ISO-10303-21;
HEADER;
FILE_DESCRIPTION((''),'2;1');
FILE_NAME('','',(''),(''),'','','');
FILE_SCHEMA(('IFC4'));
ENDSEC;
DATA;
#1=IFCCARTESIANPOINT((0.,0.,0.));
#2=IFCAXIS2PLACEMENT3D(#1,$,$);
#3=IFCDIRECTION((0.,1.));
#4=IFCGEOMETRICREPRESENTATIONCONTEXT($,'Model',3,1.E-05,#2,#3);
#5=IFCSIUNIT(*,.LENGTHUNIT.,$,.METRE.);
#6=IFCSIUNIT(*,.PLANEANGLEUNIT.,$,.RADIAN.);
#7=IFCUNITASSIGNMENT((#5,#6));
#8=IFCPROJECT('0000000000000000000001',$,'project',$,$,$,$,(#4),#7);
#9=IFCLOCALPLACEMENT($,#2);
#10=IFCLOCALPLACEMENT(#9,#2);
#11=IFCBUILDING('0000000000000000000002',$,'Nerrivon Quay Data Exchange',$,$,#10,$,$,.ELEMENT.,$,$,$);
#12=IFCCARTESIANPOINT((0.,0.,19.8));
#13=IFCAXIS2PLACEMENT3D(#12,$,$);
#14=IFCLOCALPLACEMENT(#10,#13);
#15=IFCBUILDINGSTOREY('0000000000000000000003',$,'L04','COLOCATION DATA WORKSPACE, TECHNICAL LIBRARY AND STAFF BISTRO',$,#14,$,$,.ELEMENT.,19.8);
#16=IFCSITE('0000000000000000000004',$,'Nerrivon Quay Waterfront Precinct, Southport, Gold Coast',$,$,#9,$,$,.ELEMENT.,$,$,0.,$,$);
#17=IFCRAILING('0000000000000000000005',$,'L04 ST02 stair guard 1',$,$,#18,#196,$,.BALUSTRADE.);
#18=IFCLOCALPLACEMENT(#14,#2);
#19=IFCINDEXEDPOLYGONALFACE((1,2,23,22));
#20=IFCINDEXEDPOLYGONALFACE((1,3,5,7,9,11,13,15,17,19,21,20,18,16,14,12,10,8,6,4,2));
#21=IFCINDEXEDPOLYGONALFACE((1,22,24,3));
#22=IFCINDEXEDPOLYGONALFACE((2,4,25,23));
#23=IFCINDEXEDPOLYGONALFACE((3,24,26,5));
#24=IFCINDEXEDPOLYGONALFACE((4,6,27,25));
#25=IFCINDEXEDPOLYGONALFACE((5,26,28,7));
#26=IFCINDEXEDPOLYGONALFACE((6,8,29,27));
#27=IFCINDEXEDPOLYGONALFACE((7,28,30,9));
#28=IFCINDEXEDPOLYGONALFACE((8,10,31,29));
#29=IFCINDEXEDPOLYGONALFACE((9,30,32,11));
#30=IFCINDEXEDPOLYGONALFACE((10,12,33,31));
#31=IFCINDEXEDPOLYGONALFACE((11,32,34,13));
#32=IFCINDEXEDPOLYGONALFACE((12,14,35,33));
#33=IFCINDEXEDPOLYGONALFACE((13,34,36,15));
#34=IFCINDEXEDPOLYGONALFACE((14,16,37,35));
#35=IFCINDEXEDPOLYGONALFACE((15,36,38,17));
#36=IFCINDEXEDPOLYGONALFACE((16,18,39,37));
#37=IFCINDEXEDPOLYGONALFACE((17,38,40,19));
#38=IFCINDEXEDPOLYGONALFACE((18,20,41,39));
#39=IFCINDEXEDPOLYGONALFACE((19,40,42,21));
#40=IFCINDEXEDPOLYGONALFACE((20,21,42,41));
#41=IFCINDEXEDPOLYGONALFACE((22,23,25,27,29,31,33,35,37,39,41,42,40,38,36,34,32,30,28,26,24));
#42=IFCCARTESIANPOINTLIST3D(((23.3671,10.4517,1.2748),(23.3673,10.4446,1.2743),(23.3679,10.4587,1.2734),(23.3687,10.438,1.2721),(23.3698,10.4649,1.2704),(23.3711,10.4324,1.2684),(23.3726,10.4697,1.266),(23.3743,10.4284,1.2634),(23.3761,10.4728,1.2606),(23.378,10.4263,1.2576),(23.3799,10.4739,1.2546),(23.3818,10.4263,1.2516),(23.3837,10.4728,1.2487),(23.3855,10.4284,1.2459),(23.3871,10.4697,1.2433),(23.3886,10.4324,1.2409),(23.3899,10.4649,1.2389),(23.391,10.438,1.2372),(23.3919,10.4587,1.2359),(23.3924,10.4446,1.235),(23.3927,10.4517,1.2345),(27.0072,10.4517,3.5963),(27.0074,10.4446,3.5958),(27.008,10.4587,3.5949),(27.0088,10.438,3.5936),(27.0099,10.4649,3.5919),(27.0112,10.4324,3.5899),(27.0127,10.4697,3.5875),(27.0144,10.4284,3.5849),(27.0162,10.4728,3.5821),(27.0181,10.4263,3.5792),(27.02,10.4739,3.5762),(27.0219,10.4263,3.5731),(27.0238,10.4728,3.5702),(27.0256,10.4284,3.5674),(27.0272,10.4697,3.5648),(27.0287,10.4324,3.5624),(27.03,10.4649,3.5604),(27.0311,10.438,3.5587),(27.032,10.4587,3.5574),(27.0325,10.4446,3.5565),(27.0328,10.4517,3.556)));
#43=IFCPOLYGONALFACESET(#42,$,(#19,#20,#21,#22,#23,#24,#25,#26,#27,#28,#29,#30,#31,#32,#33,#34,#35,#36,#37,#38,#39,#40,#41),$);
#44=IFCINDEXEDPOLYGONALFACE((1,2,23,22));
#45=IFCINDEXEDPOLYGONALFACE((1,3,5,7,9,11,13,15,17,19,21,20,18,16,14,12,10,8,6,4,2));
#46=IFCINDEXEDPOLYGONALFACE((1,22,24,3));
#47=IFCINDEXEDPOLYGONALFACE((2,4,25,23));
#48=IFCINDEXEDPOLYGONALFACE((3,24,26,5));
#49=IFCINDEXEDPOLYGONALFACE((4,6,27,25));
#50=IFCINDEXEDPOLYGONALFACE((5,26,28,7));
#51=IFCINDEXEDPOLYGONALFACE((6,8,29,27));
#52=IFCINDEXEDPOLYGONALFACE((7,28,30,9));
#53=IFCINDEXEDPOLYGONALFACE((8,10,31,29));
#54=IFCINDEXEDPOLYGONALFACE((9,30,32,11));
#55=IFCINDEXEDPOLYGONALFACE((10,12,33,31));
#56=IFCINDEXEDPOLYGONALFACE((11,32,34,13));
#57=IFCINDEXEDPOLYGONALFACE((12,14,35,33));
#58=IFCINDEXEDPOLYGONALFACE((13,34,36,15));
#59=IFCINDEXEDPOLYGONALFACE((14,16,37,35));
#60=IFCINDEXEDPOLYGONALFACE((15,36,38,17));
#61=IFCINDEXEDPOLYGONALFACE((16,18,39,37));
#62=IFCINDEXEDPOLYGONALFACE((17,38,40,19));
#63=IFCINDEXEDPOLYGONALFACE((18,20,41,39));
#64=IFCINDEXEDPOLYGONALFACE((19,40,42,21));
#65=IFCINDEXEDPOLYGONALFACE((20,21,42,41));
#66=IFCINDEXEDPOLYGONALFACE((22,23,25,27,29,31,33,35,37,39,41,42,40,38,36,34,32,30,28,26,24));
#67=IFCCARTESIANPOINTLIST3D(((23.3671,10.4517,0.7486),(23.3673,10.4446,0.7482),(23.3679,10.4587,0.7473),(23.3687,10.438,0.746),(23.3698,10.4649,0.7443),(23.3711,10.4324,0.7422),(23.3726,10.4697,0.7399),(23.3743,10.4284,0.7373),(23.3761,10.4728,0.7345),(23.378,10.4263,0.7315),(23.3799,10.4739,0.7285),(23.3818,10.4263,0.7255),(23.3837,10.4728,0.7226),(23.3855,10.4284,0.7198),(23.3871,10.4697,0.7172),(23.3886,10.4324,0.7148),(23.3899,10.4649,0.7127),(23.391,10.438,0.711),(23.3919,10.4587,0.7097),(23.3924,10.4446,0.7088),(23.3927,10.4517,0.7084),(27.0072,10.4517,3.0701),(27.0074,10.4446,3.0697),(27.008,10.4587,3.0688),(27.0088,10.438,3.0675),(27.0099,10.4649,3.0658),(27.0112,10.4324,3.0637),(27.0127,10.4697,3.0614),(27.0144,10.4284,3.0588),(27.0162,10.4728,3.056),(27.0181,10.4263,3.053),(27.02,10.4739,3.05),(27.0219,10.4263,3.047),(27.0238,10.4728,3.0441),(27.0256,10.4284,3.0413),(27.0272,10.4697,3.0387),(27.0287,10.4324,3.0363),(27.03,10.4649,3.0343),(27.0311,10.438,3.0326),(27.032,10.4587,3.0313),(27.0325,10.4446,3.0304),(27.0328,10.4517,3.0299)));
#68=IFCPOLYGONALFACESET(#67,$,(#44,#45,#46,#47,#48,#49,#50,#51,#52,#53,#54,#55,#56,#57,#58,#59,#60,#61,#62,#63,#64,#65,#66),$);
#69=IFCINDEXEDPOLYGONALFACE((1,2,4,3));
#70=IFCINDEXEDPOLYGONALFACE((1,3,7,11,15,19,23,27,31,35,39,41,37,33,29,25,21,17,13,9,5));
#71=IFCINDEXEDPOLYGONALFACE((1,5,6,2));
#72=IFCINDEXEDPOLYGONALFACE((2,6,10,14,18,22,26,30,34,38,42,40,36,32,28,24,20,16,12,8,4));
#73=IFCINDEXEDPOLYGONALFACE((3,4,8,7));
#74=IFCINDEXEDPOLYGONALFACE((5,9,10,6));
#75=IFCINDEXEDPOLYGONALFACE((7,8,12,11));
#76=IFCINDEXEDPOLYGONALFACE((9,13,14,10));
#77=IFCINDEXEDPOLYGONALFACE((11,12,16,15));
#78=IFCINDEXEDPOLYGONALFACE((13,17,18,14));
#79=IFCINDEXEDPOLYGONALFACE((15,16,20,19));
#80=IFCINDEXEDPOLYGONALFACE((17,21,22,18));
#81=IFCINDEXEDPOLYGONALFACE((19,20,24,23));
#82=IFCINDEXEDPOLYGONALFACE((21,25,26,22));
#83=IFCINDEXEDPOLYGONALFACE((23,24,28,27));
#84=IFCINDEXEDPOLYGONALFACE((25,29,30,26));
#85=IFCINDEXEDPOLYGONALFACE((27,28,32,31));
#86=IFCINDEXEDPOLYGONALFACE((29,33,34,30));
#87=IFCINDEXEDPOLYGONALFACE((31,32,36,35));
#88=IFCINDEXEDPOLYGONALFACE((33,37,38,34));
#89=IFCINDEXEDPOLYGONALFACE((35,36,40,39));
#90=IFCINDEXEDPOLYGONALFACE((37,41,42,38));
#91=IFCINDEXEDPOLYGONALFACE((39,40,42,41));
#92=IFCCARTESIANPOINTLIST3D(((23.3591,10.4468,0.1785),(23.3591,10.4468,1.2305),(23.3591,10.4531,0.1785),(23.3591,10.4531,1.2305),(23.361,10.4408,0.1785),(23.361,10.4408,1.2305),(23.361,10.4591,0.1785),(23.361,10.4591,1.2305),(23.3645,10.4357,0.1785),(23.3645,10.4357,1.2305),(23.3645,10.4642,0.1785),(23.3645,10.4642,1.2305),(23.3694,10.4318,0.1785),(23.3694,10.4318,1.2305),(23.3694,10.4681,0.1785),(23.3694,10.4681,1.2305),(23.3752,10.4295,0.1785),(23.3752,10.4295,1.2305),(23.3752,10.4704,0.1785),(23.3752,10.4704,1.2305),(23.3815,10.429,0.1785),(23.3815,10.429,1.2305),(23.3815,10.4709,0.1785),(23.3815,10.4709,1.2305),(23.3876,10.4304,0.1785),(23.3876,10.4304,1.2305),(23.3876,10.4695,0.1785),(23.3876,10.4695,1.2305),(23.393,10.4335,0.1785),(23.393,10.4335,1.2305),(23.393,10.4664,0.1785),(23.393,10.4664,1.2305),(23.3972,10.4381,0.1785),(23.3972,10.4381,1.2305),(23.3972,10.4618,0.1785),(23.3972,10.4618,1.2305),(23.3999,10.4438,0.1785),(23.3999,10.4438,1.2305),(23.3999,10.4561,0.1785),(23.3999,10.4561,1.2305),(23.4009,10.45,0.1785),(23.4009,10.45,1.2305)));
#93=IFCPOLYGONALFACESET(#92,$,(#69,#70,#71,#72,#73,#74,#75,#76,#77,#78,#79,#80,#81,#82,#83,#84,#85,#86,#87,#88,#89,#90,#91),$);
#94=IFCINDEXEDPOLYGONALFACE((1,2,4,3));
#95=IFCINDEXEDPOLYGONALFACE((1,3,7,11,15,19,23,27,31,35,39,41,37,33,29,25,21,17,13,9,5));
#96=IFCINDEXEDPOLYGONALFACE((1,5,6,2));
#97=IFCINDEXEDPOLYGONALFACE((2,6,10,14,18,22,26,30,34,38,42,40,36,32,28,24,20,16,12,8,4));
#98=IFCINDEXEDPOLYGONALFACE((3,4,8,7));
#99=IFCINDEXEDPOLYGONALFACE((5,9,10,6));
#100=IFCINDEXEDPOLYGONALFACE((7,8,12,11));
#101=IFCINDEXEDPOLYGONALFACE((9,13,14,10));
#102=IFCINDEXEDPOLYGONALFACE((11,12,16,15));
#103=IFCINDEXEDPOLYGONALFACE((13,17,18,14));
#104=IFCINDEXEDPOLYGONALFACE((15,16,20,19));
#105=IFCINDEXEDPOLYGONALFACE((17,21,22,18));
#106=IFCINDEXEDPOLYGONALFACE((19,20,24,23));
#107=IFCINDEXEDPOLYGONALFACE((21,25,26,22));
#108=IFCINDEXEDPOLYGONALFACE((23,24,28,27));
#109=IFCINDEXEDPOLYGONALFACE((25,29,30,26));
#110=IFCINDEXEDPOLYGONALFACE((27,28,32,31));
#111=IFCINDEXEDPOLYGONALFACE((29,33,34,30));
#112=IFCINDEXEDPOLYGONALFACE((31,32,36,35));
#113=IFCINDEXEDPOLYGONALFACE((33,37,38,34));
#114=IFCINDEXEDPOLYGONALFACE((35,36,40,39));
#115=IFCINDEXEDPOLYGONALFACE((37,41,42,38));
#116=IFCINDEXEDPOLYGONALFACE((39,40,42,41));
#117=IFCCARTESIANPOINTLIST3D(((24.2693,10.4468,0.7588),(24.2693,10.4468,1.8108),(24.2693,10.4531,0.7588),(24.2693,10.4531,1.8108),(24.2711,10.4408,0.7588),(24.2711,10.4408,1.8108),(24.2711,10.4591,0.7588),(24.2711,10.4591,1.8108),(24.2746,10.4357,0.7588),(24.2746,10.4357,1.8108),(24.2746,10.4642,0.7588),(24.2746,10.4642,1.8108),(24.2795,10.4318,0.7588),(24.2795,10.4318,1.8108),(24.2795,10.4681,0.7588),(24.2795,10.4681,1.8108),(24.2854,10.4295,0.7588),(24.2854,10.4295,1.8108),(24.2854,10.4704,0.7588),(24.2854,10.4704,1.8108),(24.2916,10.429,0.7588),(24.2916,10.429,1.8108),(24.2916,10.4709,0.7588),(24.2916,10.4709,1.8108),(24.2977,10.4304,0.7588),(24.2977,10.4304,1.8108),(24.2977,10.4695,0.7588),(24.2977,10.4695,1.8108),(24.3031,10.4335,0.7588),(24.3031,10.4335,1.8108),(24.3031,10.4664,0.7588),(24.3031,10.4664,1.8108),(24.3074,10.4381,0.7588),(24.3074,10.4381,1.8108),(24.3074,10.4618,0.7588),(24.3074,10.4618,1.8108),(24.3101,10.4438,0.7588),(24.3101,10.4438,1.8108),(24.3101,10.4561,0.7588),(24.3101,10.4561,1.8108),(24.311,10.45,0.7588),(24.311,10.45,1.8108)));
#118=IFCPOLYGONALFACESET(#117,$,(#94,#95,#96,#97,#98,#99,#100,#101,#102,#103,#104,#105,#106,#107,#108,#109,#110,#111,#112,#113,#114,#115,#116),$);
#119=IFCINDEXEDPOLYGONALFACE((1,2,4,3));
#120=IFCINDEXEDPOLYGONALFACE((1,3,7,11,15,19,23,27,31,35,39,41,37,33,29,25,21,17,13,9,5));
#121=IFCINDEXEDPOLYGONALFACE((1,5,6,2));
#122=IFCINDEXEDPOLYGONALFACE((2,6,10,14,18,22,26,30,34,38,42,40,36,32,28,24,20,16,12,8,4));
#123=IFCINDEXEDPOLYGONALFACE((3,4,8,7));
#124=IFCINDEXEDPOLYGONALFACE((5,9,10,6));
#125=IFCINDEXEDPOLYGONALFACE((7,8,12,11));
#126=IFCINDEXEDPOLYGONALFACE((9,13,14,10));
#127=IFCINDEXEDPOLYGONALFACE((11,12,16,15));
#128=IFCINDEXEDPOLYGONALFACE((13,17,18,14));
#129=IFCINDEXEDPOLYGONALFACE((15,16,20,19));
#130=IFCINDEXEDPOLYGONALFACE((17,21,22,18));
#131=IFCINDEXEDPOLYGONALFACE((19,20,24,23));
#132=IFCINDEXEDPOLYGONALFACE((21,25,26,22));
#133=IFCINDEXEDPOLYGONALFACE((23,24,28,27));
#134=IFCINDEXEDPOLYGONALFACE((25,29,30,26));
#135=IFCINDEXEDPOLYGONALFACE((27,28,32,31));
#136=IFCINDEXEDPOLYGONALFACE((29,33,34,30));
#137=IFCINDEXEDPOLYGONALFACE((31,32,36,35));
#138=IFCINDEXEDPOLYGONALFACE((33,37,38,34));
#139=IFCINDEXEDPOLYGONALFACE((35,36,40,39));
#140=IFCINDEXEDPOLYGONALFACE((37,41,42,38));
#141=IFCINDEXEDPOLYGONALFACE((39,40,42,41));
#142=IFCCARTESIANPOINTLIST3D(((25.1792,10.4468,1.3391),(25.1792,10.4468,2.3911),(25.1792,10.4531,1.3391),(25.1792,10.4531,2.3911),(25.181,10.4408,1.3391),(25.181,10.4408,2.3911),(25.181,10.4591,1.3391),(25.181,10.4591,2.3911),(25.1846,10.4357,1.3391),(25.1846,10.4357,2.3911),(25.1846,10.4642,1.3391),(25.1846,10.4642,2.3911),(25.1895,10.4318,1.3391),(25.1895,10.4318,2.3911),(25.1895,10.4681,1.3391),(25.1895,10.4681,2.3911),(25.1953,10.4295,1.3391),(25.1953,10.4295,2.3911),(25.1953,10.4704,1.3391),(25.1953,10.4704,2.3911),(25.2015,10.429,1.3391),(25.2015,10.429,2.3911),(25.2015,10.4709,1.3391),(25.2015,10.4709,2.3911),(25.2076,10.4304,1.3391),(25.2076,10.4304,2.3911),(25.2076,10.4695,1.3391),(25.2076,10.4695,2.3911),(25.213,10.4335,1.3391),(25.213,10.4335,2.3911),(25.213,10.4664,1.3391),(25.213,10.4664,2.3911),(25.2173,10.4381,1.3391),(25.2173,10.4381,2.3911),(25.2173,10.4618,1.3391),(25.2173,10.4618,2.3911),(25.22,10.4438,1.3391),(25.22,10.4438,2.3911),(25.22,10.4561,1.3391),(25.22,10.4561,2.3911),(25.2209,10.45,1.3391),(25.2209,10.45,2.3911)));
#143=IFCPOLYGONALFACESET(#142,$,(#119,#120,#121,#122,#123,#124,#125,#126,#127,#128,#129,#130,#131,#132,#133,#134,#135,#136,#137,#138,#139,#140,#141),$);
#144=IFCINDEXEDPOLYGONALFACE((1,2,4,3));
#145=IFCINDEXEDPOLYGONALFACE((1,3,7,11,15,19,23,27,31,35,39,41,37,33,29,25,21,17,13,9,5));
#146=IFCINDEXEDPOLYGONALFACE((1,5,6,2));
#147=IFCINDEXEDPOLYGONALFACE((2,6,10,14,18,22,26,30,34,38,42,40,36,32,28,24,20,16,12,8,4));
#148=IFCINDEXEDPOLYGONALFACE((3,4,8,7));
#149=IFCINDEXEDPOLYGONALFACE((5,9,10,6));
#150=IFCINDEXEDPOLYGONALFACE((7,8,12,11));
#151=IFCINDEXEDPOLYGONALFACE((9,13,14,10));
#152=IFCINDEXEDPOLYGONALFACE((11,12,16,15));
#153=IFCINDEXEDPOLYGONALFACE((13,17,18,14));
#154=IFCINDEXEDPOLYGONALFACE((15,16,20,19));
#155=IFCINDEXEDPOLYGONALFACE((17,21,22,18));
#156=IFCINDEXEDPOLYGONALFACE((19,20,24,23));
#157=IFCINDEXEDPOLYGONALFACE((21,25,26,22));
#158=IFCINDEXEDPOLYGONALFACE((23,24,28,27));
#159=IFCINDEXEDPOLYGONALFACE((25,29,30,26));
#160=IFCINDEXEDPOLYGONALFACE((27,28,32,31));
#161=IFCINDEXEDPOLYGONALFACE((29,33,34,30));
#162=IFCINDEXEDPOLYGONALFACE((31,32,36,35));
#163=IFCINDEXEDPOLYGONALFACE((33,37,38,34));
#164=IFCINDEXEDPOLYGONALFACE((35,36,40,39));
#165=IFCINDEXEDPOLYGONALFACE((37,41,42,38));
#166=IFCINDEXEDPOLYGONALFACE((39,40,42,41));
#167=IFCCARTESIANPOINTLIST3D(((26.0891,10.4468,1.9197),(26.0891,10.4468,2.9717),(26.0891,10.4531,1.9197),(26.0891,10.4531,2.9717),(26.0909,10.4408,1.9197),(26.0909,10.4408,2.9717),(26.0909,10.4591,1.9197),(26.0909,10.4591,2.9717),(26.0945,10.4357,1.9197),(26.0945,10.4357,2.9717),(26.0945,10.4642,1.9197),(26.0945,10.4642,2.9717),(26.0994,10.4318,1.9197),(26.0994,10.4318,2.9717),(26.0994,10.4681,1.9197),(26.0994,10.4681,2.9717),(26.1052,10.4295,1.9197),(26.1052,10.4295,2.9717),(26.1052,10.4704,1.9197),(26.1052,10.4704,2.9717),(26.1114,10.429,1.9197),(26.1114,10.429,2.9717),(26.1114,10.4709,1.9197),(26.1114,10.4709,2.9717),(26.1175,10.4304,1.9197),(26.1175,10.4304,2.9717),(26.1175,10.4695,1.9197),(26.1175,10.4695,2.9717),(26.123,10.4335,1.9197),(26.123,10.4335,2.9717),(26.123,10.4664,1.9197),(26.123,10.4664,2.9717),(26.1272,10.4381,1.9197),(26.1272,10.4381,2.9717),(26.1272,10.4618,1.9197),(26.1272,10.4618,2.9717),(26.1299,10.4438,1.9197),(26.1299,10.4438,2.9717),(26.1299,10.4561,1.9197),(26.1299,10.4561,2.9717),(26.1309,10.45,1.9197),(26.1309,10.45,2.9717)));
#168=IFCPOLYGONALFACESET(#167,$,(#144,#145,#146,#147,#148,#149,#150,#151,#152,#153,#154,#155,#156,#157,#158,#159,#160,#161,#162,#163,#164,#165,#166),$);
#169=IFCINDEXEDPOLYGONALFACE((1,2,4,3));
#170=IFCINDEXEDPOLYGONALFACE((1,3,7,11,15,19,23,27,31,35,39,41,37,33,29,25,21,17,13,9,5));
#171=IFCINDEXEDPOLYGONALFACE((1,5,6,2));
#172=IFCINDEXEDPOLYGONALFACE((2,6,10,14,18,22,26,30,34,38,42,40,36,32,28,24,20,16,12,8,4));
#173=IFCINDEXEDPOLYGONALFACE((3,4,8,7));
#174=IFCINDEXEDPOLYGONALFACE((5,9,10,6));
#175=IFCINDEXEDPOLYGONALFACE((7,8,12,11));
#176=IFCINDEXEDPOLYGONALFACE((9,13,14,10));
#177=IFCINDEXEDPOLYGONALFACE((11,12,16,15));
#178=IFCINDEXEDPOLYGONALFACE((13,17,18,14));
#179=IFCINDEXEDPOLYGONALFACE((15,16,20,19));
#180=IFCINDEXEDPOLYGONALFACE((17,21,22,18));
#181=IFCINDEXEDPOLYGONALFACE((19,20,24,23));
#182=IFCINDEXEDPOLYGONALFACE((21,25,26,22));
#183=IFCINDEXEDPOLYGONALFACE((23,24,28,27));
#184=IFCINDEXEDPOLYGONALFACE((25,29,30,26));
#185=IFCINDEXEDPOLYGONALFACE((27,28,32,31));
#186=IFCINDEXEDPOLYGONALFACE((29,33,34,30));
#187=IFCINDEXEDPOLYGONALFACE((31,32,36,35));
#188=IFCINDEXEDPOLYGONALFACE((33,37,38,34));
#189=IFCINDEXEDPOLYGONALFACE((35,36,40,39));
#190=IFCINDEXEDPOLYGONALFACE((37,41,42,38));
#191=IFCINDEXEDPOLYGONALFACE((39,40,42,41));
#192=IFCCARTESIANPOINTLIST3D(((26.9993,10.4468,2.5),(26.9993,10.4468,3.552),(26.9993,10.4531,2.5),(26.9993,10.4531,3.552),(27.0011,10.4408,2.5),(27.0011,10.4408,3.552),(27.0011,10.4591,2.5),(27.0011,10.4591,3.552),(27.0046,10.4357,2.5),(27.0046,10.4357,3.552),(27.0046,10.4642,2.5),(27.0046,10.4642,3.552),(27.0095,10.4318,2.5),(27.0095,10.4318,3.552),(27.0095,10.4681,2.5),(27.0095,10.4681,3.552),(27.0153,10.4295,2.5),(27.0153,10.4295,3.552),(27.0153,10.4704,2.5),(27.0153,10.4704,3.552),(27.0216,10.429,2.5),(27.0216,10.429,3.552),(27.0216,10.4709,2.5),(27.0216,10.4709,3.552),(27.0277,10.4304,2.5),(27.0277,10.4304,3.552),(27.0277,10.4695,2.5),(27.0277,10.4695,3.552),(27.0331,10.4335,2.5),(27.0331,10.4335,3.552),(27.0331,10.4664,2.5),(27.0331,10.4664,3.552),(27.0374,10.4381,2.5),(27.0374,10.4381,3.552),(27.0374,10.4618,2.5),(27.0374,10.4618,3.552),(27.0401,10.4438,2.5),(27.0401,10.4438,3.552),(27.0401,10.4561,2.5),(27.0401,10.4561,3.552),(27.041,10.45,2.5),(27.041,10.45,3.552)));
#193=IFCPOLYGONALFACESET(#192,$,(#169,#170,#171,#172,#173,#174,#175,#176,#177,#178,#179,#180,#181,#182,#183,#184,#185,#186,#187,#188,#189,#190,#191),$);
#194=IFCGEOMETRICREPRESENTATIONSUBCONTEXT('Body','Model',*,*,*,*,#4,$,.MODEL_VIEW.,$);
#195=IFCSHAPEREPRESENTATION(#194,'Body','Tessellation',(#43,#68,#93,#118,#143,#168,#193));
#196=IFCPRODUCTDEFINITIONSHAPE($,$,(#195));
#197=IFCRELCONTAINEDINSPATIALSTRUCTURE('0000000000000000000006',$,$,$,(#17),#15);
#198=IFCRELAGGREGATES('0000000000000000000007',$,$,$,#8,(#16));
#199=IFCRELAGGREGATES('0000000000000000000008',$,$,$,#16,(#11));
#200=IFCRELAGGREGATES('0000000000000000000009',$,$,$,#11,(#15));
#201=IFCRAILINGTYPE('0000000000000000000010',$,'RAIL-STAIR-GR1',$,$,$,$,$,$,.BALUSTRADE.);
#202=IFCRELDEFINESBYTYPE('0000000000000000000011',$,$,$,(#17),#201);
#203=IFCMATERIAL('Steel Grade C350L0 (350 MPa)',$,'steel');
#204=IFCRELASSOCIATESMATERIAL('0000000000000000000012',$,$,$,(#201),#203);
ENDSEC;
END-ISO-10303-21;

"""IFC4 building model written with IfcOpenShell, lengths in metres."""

from ifc_helpers import new_model, si_unit, direction, frame, origin, origin_2d, place, context, subcontext, project, spatial, circle, extrude, material, type_object, element, save


model = new_model("IFC4")

# Units and contexts
model_context = context("Model", 3, precision=1e-05, world=origin(), true_north=direction((0.0, 1.0)))
body_context = subcontext(model_context, "Body", "Model", "MODEL_VIEW")
ifc_project = project(units=[si_unit("LENGTHUNIT", "METRE"), si_unit("PLANEANGLEUNIT", "RADIAN")], contexts=[model_context])

# Site, building, storey
site_placement = place(None, origin())
site = spatial("IfcSite", under=ifc_project, at=site_placement, Name="Nerrivon Quay Waterfront Precinct, Southport, Gold Coast", CompositionType="ELEMENT", RefElevation=0.0)
building_placement = place(site_placement, origin())
building = spatial("IfcBuilding", under=site, at=building_placement, Name="Nerrivon Quay Data Exchange", CompositionType="ELEMENT")
storey_placement = place(building_placement, frame((0.0, 0.0, 19.8)))
storey = spatial("IfcBuildingStorey", under=building, at=storey_placement, Name="L04", Description="COLOCATION DATA WORKSPACE, TECHNICAL LIBRARY AND STAFF BISTRO", CompositionType="ELEMENT", Elevation=19.8)

# Railing
ifc_material_1 = material(Name="Steel Grade C350L0 (350 MPa)", Category="steel")
railing_type_1 = type_object("IfcRailingType", Name="RAIL-STAIR-GR1", PredefinedType="BALUSTRADE", material=ifc_material_1)
railing_1_placement = place(storey_placement, frame((23.3799, 10.45, 0.1785)))
element("IfcRailing", 1, at=railing_1_placement, inside=storey, type_object=railing_type_1, Name="L04 ST02 stair guard 1", PredefinedType="BALUSTRADE", context=body_context, shape_type="SweptSolid", body=[
    extrude(circle(Radius=0.0239, at=origin_2d()), frame((0.0, 0.0, 1.0762), z_axis=(0.843128, 0.0, 0.537713), x_axis=(0.0, 1.0, 0.0)), (0.0, 0.0, 1.0), 4.3174),
    extrude(circle(Radius=0.0239, at=origin_2d()), frame((0.0, 0.0, 0.55), z_axis=(0.843128, 0.0, 0.537713), x_axis=(0.0, 1.0, 0.0)), (0.0, 0.0, 1.0), 4.3174),
    extrude(circle(Radius=0.021, at=origin_2d()), origin(), (0.0, 0.0, 1.0), 1.052),
    extrude(circle(Radius=0.021, at=origin_2d()), frame((0.9102, 0.0, 0.5803)), (0.0, 0.0, 1.0), 1.052),
    extrude(circle(Radius=0.021, at=origin_2d()), frame((1.8201, 0.0, 1.1606)), (0.0, 0.0, 1.0), 1.052),
    extrude(circle(Radius=0.021, at=origin_2d()), frame((2.73, 0.0, 1.7412)), (0.0, 0.0, 1.0), 1.052),
    extrude(circle(Radius=0.021, at=origin_2d()), frame((3.6401, 0.0, 2.3215)), (0.0, 0.0, 1.0), 1.052),
])

save(model, "model.ifc")
